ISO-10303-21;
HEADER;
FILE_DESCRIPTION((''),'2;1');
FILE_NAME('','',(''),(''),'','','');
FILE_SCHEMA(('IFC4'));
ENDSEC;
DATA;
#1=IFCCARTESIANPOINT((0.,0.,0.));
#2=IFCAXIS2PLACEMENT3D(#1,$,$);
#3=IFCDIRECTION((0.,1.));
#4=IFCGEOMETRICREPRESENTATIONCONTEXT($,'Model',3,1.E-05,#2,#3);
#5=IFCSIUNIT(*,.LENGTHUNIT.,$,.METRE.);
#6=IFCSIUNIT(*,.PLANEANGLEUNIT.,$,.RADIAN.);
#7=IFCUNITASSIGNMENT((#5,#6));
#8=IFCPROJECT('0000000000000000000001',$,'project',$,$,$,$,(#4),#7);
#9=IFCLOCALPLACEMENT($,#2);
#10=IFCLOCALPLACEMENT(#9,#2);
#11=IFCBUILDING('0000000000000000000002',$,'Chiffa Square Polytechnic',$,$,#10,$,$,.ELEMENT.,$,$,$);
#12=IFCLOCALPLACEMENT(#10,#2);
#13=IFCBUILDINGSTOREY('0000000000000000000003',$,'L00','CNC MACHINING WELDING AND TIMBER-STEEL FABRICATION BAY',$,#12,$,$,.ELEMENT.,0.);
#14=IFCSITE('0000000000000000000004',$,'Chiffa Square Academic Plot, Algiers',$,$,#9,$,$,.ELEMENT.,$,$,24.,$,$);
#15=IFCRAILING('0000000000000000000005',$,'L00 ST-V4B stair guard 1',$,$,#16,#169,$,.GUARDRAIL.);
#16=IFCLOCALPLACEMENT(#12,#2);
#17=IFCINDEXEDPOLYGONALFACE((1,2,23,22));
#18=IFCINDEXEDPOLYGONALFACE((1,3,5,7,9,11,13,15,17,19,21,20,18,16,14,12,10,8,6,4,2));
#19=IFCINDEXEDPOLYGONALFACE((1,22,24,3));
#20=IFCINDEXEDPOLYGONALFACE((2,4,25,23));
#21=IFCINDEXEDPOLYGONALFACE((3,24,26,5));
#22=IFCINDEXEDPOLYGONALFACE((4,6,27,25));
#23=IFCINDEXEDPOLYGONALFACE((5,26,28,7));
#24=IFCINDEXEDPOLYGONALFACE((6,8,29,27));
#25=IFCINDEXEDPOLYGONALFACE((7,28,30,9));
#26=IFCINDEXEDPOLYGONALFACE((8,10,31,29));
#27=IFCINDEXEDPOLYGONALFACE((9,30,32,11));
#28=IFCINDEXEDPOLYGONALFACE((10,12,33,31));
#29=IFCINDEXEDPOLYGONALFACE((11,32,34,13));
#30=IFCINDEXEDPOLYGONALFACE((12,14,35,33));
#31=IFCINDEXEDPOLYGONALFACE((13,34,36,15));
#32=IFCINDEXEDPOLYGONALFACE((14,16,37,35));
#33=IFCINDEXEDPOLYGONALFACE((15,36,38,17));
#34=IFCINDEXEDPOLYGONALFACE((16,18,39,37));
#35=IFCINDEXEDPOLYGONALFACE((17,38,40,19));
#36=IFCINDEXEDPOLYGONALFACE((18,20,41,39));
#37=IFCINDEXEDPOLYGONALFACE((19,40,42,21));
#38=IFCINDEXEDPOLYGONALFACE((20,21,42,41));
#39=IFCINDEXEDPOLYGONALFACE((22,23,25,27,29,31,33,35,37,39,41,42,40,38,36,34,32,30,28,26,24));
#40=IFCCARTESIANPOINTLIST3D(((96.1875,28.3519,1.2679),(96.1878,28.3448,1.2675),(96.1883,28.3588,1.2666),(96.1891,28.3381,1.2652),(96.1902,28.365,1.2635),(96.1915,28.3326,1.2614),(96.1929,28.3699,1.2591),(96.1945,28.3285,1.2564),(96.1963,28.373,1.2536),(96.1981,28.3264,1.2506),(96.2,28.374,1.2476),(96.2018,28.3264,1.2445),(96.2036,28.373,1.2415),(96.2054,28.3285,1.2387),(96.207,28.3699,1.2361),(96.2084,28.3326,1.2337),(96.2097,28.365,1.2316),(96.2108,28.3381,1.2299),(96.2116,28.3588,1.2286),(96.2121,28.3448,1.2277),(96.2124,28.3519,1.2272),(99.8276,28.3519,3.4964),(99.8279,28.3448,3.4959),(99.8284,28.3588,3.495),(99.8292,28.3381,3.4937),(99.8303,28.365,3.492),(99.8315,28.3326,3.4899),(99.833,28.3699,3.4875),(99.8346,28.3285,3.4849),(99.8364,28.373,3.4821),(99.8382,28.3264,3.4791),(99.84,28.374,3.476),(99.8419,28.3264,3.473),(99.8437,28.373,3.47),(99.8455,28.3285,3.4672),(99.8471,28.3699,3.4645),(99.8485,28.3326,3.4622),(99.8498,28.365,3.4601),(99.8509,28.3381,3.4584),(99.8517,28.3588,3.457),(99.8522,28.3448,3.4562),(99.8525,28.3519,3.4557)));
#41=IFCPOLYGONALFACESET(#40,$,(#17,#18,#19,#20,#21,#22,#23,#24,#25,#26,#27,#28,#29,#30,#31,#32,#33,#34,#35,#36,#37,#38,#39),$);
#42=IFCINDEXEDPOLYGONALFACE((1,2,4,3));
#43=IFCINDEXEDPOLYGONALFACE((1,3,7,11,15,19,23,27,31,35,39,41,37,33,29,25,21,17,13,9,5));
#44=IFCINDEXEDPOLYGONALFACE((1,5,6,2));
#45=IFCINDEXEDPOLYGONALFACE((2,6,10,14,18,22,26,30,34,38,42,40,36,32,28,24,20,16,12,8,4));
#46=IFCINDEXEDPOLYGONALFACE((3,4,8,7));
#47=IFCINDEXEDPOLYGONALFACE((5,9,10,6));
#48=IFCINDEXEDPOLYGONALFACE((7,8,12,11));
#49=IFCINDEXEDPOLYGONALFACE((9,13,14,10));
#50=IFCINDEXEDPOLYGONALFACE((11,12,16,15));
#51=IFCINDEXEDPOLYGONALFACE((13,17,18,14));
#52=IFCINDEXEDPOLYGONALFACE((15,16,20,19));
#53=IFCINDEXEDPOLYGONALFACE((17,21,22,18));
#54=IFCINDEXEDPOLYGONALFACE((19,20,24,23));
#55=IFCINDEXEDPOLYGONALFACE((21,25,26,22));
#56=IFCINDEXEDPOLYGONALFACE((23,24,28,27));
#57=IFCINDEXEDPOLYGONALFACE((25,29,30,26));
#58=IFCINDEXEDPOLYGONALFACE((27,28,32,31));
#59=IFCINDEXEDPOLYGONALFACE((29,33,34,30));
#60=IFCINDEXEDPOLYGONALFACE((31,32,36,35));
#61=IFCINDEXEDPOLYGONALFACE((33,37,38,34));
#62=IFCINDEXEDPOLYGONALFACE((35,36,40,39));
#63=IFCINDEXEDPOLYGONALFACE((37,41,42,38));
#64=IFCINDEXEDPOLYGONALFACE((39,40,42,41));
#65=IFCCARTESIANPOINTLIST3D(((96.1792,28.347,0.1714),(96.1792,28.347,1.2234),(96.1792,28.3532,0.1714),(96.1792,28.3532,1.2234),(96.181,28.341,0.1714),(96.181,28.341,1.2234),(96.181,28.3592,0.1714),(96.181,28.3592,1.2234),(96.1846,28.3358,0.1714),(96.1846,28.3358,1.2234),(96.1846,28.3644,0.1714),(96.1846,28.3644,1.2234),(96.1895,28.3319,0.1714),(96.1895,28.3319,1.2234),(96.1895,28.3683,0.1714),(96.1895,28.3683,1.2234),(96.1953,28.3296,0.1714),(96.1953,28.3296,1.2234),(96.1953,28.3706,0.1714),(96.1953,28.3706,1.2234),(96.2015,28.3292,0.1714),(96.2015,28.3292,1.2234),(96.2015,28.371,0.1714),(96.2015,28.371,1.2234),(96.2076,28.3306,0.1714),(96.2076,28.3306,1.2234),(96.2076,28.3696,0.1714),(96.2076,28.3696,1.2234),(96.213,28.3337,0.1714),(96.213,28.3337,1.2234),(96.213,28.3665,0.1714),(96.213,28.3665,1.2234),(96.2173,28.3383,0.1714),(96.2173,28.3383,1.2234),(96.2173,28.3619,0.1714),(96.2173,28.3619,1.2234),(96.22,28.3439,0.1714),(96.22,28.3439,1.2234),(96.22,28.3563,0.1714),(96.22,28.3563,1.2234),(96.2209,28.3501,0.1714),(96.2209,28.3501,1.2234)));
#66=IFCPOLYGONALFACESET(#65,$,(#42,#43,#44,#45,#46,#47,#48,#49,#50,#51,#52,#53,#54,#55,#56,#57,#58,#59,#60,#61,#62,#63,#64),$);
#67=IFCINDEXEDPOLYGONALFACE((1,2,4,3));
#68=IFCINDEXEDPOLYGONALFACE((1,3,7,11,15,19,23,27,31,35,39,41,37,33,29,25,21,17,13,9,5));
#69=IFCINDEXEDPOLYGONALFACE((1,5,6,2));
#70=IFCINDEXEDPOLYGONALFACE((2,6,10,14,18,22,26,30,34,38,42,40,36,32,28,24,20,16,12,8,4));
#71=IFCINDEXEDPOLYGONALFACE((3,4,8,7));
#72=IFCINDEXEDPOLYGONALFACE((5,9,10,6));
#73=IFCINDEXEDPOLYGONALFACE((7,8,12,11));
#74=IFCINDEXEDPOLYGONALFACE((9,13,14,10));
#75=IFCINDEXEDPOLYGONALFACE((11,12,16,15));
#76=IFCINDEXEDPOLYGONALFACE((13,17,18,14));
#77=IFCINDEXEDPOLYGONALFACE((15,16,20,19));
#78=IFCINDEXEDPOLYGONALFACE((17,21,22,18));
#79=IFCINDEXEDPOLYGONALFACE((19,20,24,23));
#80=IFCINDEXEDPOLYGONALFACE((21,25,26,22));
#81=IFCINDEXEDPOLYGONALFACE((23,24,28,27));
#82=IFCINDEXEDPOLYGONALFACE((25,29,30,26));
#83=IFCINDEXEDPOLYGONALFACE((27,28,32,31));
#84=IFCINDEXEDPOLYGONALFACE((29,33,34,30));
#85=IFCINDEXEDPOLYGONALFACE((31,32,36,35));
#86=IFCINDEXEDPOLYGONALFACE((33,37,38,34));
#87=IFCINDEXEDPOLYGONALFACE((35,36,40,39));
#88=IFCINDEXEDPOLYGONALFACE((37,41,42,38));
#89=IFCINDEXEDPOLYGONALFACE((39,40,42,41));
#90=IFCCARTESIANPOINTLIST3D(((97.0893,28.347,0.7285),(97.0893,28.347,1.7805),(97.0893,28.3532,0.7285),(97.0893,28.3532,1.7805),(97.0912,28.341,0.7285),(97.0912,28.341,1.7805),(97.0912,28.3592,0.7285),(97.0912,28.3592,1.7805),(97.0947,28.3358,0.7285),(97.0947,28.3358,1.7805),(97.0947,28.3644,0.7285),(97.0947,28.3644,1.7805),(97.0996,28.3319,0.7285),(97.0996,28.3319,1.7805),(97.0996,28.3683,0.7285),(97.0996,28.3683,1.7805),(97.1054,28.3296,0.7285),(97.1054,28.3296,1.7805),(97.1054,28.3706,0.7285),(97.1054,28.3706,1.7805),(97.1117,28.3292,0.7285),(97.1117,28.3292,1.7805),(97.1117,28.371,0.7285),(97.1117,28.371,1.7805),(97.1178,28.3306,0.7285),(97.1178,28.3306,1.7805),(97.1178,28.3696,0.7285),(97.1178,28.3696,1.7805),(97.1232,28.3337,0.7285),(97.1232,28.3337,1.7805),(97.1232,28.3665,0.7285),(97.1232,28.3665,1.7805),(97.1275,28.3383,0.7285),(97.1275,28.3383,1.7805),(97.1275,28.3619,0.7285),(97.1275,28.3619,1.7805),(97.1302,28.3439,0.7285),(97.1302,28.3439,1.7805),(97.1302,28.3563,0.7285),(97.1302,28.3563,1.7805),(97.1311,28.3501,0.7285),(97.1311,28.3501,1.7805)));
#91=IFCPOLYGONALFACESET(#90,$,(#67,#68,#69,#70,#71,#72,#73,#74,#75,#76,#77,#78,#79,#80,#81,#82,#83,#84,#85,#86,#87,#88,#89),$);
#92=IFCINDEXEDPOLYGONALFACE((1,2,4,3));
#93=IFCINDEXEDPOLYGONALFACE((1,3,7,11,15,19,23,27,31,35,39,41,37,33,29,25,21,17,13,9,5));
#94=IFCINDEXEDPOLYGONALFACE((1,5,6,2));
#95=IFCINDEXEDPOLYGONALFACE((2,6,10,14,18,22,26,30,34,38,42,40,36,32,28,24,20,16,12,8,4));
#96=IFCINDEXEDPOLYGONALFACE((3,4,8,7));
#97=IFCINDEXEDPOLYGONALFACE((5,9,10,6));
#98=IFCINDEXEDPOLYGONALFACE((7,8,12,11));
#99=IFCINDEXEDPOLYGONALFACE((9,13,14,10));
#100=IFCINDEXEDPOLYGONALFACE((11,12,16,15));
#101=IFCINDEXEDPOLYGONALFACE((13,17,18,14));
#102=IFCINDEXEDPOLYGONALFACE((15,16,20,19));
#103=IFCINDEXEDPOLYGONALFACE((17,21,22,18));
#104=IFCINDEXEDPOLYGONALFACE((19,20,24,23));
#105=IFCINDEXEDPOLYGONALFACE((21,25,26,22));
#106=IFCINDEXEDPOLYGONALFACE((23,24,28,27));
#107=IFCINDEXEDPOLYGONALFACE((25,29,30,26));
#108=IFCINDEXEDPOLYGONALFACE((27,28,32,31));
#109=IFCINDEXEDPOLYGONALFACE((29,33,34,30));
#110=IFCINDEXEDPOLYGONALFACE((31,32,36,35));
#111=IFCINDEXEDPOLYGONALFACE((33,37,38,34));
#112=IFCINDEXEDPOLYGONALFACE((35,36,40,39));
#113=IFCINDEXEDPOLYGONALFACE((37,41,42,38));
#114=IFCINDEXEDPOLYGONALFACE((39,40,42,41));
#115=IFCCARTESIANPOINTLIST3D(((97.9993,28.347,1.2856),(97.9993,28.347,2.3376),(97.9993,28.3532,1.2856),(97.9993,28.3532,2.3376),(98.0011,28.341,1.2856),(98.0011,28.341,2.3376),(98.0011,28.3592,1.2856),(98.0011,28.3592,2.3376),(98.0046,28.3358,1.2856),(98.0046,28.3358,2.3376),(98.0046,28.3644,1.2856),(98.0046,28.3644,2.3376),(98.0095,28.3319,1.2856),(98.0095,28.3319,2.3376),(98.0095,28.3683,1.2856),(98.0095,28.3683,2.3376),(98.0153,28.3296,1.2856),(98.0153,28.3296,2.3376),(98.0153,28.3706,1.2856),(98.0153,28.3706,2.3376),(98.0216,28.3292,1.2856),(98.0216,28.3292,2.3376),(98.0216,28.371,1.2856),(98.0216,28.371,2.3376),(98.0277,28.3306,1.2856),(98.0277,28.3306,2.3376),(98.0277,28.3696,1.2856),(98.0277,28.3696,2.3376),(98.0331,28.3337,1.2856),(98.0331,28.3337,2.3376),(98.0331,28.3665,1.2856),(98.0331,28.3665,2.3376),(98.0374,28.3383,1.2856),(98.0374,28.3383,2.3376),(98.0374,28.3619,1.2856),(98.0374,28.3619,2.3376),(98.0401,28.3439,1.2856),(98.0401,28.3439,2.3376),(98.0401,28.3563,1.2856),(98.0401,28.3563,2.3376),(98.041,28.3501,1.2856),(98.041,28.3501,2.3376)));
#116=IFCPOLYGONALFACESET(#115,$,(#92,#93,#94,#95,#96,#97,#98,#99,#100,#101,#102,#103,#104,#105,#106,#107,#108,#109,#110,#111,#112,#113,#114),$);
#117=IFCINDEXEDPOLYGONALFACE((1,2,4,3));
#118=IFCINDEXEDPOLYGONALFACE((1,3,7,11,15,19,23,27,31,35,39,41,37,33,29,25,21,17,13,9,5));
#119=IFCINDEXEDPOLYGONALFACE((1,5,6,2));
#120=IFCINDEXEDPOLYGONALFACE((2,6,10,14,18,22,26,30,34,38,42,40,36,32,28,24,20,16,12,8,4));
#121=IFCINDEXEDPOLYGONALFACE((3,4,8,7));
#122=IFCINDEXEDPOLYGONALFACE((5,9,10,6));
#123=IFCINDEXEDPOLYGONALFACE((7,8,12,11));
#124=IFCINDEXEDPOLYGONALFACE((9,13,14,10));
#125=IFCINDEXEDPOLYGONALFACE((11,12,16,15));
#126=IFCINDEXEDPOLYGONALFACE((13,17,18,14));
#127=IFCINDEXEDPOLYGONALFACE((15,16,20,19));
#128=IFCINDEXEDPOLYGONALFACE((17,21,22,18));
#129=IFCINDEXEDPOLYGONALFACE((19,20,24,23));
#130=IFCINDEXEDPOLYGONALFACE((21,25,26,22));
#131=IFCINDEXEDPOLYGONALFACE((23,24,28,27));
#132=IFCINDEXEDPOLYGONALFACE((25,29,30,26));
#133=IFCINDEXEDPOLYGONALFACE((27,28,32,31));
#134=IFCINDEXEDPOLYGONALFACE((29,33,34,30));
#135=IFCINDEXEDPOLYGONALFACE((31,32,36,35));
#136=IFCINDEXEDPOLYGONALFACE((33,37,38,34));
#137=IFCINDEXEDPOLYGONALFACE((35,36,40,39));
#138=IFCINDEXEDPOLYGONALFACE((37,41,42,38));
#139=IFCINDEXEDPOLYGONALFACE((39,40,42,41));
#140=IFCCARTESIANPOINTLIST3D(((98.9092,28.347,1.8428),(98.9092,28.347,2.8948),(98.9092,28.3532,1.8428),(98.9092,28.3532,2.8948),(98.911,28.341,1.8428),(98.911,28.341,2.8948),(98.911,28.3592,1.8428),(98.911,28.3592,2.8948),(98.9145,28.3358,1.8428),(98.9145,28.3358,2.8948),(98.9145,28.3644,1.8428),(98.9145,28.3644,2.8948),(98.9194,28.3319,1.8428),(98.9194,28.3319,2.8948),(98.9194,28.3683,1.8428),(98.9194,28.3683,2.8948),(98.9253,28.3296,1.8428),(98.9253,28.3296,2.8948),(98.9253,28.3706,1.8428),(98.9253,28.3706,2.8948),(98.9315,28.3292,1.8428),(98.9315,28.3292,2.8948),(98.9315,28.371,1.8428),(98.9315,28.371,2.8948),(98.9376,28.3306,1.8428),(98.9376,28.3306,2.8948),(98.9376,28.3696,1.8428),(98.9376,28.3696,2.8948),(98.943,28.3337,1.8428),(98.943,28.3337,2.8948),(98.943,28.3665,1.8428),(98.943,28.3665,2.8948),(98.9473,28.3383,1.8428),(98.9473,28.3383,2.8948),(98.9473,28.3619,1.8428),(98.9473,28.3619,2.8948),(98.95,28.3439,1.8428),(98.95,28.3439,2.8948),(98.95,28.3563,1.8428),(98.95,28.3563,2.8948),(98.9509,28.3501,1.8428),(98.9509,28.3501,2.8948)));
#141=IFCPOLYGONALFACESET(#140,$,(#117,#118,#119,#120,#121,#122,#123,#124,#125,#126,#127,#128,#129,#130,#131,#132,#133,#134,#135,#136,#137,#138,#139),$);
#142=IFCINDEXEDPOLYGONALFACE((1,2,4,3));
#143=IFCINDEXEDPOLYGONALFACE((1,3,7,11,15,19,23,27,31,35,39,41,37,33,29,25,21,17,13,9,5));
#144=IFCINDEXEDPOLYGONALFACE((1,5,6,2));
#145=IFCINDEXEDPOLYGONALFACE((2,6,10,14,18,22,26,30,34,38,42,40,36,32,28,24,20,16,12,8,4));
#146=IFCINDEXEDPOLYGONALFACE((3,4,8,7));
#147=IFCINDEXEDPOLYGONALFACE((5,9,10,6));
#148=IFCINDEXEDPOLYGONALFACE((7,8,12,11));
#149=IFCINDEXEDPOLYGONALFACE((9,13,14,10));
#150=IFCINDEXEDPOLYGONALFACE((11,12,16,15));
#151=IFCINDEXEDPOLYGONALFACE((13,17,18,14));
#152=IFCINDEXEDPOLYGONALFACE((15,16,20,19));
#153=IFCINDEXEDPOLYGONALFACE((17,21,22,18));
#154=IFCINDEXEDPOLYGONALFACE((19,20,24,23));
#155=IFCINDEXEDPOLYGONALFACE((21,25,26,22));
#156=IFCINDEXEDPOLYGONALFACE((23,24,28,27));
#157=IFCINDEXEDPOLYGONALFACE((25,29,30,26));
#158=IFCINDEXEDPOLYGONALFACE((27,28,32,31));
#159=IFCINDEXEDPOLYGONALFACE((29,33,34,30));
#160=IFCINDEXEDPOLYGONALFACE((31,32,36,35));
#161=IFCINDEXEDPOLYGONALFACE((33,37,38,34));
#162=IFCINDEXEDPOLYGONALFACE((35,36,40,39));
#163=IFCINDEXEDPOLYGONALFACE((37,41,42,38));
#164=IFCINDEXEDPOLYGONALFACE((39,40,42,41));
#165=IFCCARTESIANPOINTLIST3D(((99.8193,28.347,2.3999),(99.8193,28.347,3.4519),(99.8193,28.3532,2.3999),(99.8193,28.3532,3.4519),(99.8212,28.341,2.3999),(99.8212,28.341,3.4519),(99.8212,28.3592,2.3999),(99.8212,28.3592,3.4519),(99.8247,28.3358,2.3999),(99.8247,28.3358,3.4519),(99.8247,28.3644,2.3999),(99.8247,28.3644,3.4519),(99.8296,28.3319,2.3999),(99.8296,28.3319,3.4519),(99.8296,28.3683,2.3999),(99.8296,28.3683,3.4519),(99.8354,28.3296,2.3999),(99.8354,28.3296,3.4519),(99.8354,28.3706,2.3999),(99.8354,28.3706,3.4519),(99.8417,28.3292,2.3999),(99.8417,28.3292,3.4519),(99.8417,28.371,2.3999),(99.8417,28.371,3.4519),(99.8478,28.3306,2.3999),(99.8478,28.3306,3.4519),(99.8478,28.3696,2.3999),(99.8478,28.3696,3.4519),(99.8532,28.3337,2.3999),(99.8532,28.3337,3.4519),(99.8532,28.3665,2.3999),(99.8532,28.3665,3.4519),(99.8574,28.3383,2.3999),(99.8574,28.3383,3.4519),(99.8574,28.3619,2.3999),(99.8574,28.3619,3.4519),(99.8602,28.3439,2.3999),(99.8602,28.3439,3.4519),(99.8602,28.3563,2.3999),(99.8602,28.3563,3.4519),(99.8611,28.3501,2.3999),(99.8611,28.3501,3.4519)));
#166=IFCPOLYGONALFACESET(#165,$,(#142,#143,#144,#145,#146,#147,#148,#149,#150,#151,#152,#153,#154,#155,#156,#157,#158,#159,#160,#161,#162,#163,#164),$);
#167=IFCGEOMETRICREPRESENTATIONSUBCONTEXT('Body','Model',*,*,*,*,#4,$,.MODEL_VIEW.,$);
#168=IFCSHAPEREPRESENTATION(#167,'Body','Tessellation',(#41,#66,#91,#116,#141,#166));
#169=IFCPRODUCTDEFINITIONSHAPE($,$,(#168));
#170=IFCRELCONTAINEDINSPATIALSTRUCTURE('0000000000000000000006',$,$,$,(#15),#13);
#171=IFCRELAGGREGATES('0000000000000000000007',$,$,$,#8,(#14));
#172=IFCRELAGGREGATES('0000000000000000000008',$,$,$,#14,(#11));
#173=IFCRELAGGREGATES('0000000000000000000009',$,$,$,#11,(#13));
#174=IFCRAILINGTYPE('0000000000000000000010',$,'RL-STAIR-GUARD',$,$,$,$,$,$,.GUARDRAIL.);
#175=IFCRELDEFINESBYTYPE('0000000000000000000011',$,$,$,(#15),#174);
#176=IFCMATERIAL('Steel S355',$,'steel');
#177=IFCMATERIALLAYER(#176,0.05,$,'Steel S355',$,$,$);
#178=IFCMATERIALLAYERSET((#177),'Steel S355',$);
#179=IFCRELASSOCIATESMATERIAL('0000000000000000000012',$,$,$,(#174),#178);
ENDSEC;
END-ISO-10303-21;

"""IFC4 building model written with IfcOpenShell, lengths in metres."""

from ifc_helpers import new_model, si_unit, direction, frame, origin, origin_2d, place, context, subcontext, project, spatial, circle, extrude, material, layer, layer_set, type_object, element, save


model = new_model("IFC4")

# Units and contexts
model_context = context("Model", 3, precision=1e-05, world=origin(), true_north=direction((0.0, 1.0)))
body_context = subcontext(model_context, "Body", "Model", "MODEL_VIEW")
ifc_project = project(units=[si_unit("LENGTHUNIT", "METRE"), si_unit("PLANEANGLEUNIT", "RADIAN")], contexts=[model_context])

# Site, building, storey
site_placement = place(None, origin())
site = spatial("IfcSite", under=ifc_project, at=site_placement, Name="Chiffa Square Academic Plot, Algiers", CompositionType="ELEMENT", RefElevation=24.0)
building_placement = place(site_placement, origin())
building = spatial("IfcBuilding", under=site, at=building_placement, Name="Chiffa Square Polytechnic", CompositionType="ELEMENT")
storey_placement = place(building_placement, origin())
storey = spatial("IfcBuildingStorey", under=building, at=storey_placement, Name="L00", Description="CNC MACHINING WELDING AND TIMBER-STEEL FABRICATION BAY", CompositionType="ELEMENT", Elevation=0.0)

# Railing
ifc_material_1 = material(Name="Steel S355", Category="steel")
ifc_layer_1 = layer(ifc_material_1, 0.05, Name="Steel S355")
ifc_layer_set_1 = layer_set([ifc_layer_1], Name="Steel S355")
railing_type_1 = type_object("IfcRailingType", Name="RL-STAIR-GUARD", PredefinedType="GUARDRAIL", material=ifc_layer_set_1)
railing_1_placement = place(storey_placement, frame((96.2, 28.3501, 0.1714)))
element("IfcRailing", 1, at=railing_1_placement, inside=storey, type_object=railing_type_1, Name="L00 ST-V4B stair guard 1", PredefinedType="GUARDRAIL", context=body_context, shape_type="SweptSolid", body=[
    extrude(circle(Radius=0.0239, at=origin_2d()), frame((0.0, 0.0, 1.0762), z_axis=(0.852866, 0.0, 0.52213), x_axis=(0.0, 1.0, 0.0)), (0.0, 0.0, 1.0), 4.2681),
    extrude(circle(Radius=0.021, at=origin_2d()), origin(), (0.0, 0.0, 1.0), 1.052),
    extrude(circle(Radius=0.021, at=origin_2d()), frame((0.9102, 0.0, 0.5571)), (0.0, 0.0, 1.0), 1.052),
    extrude(circle(Radius=0.021, at=origin_2d()), frame((1.8201, 0.0, 1.1143)), (0.0, 0.0, 1.0), 1.052),
    extrude(circle(Radius=0.021, at=origin_2d()), frame((2.73, 0.0, 1.6714)), (0.0, 0.0, 1.0), 1.052),
    extrude(circle(Radius=0.021, at=origin_2d()), frame((3.6401, 0.0, 2.2285)), (0.0, 0.0, 1.0), 1.052),
])

save(model, "model.ifc")
